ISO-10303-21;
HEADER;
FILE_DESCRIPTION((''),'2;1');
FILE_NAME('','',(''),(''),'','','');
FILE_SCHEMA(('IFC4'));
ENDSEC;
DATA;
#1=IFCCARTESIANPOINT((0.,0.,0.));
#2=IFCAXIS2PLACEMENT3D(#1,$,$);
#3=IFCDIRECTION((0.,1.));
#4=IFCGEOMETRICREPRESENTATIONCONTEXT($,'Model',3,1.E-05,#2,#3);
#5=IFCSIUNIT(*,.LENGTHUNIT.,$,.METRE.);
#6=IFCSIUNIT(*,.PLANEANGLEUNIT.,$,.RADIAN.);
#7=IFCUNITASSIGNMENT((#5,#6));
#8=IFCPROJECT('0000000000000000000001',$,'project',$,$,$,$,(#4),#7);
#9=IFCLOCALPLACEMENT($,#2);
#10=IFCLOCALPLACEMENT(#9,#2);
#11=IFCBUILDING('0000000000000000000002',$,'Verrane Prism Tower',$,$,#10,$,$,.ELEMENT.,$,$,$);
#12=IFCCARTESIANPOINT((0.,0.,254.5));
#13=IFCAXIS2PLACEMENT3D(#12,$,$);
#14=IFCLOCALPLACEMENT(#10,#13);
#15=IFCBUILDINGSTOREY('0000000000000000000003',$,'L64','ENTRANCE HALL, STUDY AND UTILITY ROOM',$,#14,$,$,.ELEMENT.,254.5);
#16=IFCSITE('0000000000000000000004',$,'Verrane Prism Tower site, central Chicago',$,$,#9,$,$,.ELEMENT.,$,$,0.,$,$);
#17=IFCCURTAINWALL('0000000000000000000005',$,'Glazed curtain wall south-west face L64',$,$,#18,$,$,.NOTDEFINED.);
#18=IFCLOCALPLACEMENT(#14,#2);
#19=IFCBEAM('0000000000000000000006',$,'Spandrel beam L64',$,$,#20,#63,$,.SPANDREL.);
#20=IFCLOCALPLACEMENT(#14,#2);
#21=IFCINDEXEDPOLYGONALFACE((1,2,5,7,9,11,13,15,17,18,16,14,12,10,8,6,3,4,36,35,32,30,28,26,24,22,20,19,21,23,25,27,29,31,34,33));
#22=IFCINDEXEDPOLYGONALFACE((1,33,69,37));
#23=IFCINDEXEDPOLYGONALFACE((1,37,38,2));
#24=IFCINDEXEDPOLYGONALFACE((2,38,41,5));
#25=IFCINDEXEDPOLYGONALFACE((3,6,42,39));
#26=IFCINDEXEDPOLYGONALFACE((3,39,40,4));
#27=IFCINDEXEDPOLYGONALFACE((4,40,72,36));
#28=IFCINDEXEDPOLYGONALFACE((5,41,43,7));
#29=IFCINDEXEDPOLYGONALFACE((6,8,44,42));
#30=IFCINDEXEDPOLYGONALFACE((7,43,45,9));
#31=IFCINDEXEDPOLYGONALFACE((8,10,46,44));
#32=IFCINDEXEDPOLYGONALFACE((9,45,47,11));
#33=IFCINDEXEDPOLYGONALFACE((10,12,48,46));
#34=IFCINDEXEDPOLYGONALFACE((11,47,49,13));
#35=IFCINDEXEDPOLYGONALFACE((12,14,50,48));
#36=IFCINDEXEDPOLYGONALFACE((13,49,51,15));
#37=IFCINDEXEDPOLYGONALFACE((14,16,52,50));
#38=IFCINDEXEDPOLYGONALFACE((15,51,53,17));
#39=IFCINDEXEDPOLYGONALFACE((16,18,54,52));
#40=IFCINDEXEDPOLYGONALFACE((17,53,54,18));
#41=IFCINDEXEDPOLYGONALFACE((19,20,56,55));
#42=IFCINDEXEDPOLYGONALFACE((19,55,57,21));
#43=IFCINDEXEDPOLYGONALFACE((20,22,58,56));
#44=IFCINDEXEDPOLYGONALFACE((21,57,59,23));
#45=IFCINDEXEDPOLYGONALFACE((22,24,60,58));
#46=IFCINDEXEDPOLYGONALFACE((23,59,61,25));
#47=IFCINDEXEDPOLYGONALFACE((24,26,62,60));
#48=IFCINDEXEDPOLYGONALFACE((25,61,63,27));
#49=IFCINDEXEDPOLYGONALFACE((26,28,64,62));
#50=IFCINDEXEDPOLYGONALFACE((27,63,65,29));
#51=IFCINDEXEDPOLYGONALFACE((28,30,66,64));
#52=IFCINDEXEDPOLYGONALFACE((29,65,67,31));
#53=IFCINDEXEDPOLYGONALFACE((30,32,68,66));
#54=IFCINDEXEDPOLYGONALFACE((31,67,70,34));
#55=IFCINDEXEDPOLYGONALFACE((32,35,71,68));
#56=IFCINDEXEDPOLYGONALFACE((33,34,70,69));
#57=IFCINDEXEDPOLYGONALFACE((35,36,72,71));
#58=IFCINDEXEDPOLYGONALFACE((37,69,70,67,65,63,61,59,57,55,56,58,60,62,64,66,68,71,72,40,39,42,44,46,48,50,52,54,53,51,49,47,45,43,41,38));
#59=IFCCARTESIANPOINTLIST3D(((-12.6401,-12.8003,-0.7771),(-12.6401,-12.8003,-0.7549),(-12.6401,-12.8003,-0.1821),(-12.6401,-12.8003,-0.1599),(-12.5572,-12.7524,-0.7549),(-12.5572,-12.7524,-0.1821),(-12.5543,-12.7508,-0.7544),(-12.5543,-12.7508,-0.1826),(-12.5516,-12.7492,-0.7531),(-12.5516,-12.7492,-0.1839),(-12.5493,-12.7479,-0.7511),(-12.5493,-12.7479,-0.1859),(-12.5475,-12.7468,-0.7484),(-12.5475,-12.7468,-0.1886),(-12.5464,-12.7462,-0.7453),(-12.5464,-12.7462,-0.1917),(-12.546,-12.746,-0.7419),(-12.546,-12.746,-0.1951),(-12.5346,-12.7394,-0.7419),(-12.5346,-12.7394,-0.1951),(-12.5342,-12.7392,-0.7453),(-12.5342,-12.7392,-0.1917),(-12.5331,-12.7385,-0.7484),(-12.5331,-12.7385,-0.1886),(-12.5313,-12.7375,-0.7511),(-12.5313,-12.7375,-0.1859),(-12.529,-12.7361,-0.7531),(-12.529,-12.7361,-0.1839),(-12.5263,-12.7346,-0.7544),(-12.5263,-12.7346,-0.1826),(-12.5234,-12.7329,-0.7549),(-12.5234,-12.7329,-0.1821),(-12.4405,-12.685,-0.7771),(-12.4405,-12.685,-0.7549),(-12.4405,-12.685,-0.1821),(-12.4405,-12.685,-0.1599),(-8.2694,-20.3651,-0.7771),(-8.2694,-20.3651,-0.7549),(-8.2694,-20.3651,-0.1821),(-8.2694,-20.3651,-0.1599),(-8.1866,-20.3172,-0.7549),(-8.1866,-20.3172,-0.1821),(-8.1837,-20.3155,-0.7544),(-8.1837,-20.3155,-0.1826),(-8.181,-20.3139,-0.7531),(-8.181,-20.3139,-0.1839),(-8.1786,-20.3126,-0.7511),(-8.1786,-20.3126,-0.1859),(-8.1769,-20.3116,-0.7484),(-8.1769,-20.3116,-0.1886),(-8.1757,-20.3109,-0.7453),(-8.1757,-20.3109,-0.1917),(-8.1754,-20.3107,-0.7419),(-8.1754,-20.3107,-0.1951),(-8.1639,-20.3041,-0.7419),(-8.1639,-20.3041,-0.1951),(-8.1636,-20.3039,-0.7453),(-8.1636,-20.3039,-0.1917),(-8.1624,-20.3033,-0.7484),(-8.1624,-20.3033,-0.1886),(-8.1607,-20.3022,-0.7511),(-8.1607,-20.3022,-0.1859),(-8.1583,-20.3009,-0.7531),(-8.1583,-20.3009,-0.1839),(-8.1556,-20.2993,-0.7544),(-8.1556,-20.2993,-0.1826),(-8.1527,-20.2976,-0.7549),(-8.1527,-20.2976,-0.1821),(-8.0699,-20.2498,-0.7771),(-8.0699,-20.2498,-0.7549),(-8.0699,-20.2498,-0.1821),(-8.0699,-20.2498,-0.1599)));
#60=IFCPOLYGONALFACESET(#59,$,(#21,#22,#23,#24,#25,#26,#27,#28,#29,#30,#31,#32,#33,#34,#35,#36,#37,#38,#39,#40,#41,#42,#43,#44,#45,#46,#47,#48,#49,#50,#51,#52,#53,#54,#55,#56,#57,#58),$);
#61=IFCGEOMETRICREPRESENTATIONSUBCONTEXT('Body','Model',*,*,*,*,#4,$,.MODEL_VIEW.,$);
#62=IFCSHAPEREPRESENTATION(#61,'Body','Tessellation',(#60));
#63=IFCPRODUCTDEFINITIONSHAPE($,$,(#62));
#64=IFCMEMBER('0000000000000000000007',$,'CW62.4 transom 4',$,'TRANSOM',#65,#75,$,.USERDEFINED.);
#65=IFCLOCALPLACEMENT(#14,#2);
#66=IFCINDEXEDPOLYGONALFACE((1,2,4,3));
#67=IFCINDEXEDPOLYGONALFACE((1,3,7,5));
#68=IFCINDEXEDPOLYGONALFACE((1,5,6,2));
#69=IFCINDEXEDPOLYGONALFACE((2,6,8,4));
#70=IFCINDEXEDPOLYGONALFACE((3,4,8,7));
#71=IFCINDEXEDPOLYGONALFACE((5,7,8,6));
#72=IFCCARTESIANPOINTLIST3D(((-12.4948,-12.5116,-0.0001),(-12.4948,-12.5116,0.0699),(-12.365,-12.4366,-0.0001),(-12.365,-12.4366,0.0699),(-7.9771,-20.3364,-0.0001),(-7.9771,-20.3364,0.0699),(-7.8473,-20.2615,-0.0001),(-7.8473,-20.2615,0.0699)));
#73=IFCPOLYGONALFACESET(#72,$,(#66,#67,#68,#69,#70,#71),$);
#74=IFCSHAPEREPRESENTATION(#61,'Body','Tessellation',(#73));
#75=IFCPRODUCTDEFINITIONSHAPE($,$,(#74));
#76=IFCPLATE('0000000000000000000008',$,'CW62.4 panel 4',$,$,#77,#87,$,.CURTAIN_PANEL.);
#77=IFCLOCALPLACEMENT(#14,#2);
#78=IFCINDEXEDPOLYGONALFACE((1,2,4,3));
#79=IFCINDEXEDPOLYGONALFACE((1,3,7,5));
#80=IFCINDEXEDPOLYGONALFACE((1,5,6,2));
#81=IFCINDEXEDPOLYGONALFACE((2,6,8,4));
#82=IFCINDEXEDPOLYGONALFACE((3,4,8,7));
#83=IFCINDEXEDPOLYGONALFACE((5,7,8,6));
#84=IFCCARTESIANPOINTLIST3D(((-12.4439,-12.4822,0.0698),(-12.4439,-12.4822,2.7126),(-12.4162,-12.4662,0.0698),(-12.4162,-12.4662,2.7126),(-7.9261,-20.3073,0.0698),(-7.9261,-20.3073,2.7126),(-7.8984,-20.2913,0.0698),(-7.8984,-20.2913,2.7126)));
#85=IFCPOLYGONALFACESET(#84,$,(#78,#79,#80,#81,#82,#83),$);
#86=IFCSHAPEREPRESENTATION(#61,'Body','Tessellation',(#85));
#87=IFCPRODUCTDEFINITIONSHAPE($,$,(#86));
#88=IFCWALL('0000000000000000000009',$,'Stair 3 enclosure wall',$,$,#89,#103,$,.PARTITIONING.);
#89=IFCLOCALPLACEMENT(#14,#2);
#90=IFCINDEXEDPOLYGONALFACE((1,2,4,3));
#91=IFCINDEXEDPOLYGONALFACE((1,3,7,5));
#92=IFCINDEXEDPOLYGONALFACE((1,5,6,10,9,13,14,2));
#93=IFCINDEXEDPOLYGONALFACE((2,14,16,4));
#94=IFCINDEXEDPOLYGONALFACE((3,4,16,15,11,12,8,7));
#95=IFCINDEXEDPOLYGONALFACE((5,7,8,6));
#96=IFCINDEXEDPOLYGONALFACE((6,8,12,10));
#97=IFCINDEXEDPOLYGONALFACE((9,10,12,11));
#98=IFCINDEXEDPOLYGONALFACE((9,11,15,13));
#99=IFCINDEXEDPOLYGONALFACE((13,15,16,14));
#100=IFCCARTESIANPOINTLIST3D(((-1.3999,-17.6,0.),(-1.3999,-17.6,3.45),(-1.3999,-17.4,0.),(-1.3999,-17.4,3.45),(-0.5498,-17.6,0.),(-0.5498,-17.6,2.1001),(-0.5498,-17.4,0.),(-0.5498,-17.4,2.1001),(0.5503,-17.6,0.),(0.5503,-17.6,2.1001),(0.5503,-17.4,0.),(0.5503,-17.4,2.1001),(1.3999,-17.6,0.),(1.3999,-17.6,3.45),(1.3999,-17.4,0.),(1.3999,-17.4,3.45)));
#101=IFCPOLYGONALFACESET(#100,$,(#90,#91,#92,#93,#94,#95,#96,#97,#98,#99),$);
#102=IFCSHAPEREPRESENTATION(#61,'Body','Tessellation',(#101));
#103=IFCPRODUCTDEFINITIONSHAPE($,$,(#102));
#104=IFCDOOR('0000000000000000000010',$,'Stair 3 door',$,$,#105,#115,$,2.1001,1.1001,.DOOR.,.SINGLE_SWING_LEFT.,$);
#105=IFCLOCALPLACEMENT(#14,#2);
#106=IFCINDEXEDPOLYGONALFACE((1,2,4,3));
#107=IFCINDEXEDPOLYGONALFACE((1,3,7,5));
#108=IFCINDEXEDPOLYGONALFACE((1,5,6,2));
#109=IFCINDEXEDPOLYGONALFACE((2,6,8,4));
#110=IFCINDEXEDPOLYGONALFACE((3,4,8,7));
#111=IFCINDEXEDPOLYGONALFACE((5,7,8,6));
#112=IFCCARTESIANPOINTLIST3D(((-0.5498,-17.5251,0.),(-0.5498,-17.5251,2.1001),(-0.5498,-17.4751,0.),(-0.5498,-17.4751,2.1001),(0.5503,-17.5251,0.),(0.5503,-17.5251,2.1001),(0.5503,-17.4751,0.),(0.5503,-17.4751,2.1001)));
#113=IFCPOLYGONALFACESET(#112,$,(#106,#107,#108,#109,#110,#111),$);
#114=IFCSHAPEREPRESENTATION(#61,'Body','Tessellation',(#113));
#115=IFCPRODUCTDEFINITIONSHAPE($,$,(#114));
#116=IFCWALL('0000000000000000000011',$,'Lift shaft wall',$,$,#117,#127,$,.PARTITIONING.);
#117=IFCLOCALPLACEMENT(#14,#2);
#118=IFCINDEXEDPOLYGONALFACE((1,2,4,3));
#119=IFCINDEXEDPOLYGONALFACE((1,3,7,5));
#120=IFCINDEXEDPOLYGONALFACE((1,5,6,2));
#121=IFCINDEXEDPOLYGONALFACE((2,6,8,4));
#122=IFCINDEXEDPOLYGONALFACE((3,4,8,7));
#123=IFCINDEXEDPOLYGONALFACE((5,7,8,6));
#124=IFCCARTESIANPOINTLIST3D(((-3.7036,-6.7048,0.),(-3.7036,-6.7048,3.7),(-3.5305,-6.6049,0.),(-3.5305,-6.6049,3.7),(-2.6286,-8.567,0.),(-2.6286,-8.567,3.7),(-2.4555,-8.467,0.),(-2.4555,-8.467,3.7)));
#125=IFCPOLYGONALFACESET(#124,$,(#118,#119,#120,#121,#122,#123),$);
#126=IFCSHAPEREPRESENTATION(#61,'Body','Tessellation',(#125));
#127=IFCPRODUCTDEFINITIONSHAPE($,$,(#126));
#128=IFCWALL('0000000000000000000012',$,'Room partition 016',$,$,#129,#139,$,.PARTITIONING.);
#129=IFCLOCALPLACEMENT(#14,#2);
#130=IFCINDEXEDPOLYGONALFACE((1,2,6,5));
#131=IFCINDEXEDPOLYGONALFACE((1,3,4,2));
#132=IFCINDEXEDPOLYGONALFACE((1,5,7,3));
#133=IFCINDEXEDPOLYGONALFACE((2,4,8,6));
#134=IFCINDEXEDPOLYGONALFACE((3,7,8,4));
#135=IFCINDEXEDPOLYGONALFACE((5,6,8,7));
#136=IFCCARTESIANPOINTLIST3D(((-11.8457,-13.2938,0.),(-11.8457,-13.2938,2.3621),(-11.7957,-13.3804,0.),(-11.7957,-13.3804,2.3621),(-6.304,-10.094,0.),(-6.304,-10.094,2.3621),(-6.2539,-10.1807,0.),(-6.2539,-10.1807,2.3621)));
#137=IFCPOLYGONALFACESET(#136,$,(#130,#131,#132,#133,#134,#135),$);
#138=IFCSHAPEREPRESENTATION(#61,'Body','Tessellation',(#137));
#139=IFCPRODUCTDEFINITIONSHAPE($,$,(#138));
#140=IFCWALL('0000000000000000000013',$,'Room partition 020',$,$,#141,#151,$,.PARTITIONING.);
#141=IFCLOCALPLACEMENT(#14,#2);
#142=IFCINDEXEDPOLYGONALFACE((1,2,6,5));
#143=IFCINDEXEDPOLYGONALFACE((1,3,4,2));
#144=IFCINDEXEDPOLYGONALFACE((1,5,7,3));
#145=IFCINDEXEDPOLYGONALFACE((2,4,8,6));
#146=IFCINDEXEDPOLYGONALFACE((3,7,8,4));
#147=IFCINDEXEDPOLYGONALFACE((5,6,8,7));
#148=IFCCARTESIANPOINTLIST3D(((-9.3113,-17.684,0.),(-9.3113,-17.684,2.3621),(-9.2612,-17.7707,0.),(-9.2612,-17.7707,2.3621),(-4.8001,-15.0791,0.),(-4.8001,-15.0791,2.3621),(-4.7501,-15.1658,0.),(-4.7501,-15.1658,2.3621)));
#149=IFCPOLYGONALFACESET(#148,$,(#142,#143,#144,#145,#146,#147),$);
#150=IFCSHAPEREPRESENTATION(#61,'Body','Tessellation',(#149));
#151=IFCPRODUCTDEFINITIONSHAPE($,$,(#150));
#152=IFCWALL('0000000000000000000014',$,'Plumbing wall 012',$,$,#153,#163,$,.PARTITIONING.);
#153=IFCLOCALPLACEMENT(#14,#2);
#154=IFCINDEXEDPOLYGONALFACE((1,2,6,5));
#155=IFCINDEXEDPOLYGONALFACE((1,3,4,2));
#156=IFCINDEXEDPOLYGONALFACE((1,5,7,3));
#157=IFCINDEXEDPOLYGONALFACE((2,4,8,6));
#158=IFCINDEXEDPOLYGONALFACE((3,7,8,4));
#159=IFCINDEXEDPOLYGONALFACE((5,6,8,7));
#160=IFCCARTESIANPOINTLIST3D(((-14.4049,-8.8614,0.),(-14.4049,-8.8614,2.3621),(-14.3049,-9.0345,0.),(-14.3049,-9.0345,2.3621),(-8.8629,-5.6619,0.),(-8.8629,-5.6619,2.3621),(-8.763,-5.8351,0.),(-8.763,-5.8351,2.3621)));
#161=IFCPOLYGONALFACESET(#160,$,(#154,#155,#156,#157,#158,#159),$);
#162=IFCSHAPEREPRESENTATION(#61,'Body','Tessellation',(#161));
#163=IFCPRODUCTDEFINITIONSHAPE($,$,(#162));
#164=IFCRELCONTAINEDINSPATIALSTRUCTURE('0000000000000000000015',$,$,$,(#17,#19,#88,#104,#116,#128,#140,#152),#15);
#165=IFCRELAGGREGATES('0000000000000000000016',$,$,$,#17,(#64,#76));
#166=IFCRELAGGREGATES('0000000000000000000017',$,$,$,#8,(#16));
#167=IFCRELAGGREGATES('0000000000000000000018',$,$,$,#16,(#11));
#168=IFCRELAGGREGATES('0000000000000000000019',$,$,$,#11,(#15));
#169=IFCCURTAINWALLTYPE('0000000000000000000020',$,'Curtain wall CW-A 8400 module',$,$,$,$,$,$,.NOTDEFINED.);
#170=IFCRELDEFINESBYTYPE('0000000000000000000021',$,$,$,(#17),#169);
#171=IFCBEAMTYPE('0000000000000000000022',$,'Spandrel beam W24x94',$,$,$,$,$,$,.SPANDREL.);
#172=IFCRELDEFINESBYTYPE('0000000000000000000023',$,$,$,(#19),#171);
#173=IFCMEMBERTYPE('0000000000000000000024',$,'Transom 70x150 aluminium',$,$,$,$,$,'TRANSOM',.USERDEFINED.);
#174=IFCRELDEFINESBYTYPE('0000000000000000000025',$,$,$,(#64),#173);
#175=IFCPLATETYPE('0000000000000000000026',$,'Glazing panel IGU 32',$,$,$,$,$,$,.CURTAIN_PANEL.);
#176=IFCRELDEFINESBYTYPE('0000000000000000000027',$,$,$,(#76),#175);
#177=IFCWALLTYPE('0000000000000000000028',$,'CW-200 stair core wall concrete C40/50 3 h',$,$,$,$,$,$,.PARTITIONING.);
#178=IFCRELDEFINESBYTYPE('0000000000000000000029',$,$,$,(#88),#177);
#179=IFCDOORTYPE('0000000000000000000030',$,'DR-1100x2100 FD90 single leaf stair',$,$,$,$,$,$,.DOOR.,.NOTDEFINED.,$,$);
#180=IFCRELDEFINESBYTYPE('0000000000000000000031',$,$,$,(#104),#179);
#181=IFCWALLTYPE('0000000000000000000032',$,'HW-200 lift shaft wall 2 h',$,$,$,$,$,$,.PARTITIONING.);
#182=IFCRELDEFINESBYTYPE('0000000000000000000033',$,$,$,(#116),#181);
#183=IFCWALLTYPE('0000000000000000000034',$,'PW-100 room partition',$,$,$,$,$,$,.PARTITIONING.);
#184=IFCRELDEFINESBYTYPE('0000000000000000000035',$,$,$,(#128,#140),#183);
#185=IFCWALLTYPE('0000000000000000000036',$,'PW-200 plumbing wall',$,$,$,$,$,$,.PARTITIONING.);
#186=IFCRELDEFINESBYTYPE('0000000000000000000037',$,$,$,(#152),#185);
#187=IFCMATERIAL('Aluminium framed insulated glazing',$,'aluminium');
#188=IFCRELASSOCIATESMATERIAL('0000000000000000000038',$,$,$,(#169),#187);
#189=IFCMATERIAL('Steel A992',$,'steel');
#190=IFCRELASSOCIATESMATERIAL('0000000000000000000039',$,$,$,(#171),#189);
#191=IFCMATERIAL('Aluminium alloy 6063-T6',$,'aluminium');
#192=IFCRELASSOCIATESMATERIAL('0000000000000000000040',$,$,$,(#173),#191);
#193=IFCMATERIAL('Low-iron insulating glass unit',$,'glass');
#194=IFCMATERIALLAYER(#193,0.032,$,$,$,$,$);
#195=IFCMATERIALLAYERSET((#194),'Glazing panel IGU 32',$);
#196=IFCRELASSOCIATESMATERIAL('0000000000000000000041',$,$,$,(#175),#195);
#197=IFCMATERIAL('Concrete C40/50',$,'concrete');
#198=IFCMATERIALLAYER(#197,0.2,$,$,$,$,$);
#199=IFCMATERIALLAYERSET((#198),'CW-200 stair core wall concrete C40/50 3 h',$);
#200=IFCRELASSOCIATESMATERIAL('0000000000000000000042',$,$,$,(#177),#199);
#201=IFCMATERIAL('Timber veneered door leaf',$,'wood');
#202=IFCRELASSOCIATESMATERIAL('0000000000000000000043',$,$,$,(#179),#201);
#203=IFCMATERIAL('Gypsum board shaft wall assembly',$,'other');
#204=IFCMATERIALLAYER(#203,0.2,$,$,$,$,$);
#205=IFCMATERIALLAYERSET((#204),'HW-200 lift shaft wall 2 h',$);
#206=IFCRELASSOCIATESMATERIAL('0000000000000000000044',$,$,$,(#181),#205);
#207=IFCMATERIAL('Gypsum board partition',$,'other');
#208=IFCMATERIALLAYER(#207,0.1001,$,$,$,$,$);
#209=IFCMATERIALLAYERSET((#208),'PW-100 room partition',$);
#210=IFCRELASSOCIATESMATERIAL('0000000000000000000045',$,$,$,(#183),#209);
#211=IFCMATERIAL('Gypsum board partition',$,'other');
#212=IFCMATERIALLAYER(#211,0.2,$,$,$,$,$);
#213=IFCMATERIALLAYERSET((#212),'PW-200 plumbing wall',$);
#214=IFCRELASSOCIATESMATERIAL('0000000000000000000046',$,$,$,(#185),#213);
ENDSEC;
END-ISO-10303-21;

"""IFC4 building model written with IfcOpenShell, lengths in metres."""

from ifc_helpers import new_model, si_unit, direction, frame, frame_2d, origin, origin_2d, place, context, subcontext, project, spatial, rectangle, i_section, extrude, material, layer, layer_set, material_profile, profile_set, type_object, element, fill, aggregate, save


model = new_model("IFC4")

# Units and contexts
model_context = context("Model", 3, precision=1e-05, world=origin(), true_north=direction((0.0, 1.0)))
body_context = subcontext(model_context, "Body", "Model", "MODEL_VIEW")
ifc_project = project(units=[si_unit("LENGTHUNIT", "METRE"), si_unit("PLANEANGLEUNIT", "RADIAN")], contexts=[model_context])

# Site, building, storey
site_placement = place(None, origin())
site = spatial("IfcSite", under=ifc_project, at=site_placement, Name="Verrane Prism Tower site, central Chicago", CompositionType="ELEMENT", RefElevation=0.0)
building_placement = place(site_placement, origin())
building = spatial("IfcBuilding", under=site, at=building_placement, Name="Verrane Prism Tower", CompositionType="ELEMENT")
storey_placement = place(building_placement, frame((0.0, 0.0, 254.5)))
storey = spatial("IfcBuildingStorey", under=building, at=storey_placement, Name="L64", Description="ENTRANCE HALL, STUDY AND UTILITY ROOM", CompositionType="ELEMENT", Elevation=254.5)

# Curtain wall
ifc_material_1 = material(Name="Aluminium framed insulated glazing", Category="aluminium")
curtain_wall_type = type_object("IfcCurtainWallType", Name="Curtain wall CW-A 8400 module", PredefinedType="NOTDEFINED", material=ifc_material_1)
curtain_wall_placement = place(storey_placement, origin())
curtain_wall = element("IfcCurtainWall", 1, at=curtain_wall_placement, inside=storey, type_object=curtain_wall_type, Name="Glazed curtain wall south-west face L64", PredefinedType="NOTDEFINED")

# Beam
ifc_material_2 = material(Name="Steel A992", Category="steel")
ifc_material_profile_1 = material_profile(ifc_material_2, i_section(OverallWidth=0.2305, OverallDepth=0.6172, WebThickness=0.0132, FlangeThickness=0.0222, FilletRadius=0.0129, at=origin_2d()), Name="W24x94")
ifc_profile_set_1 = profile_set([ifc_material_profile_1], Name="Steel A992")
beam_type_1 = type_object("IfcBeamType", Name="Spandrel beam W24x94", PredefinedType="SPANDREL", material=ifc_profile_set_1)
beam_1_placement = place(storey_placement, frame((-12.5403, -12.7427, -0.4685), z_axis=(0.500268, -0.86587, 0.0), x_axis=(0.86587, 0.500268, 0.0)))
element("IfcBeam", 2, at=beam_1_placement, inside=storey, type_object=beam_type_1, Name="Spandrel beam L64", PredefinedType="SPANDREL", context=body_context, shape_type="SweptSolid", body=[
    extrude(i_section(OverallWidth=0.2305, OverallDepth=0.6172, WebThickness=0.0132, FlangeThickness=0.0222, FilletRadius=0.0129, at=origin_2d()), origin(), (0.0, 0.0, 1.0), 8.7366),
])

# Member
ifc_material_3 = material(Name="Aluminium alloy 6063-T6", Category="aluminium")
ifc_material_profile_2 = material_profile(ifc_material_3, rectangle(XDim=0.1499, YDim=0.0701, at=origin_2d()), Name="Transom 70x150 aluminium")
ifc_profile_set_2 = profile_set([ifc_material_profile_2], Name="Aluminium alloy 6063-T6")
member_type_1 = type_object("IfcMemberType", Name="Transom 70x150 aluminium", ElementType="TRANSOM", PredefinedType="USERDEFINED", material=ifc_profile_set_2)
member_1_placement = place(storey_placement, frame((-12.4299, -12.4741, 0.0349), z_axis=(0.500007, -0.866021, 0.0), x_axis=(0.866021, 0.500007, 0.0)))
member_1 = element("IfcMember", 3, at=member_1_placement, type_object=member_type_1, Name="CW62.4 transom 4", ObjectType="TRANSOM", PredefinedType="USERDEFINED", context=body_context, shape_type="SweptSolid", body=[
    extrude(rectangle(XDim=0.1499, YDim=0.0701, at=origin_2d()), origin(), (0.0, 0.0, 1.0), 9.0354),
])

# Plate
ifc_material_4 = material(Name="Low-iron insulating glass unit", Category="glass")
ifc_layer_1 = layer(ifc_material_4, 0.032)
ifc_layer_set_1 = layer_set([ifc_layer_1], Name="Glazing panel IGU 32")
plate_type = type_object("IfcPlateType", Name="Glazing panel IGU 32", PredefinedType="CURTAIN_PANEL", material=ifc_layer_set_1)
plate_placement = place(storey_placement, frame((-10.1711, -16.3867, 0.0698), z_axis=(0.0, 0.0, 1.0), x_axis=(0.5, -0.866026, 0.0)))
plate = element("IfcPlate", 4, at=plate_placement, type_object=plate_type, Name="CW62.4 panel 4", PredefinedType="CURTAIN_PANEL", context=body_context, shape_type="SweptSolid", body=[
    extrude(rectangle(XDim=9.0356, YDim=0.032, at=origin_2d()), origin(), (0.0, 0.0, 1.0), 2.6428),
])
aggregate(curtain_wall, [member_1, plate])

# Wall, opening, door
ifc_material_5 = material(Name="Concrete C40/50", Category="concrete")
ifc_layer_2 = layer(ifc_material_5, 0.2)
ifc_layer_set_2 = layer_set([ifc_layer_2], Name="CW-200 stair core wall concrete C40/50 3 h")
wall_type_1 = type_object("IfcWallType", Name="CW-200 stair core wall concrete C40/50 3 h", PredefinedType="PARTITIONING", material=ifc_layer_set_2)
wall_1_placement = place(storey_placement, frame((-1.3999, -17.5, 0.0), z_axis=(0.0, 0.0, 1.0), x_axis=(1.0, 0.0, 0.0)))
wall_1 = element("IfcWall", 5, at=wall_1_placement, inside=storey, type_object=wall_type_1, Name="Stair 3 enclosure wall", PredefinedType="PARTITIONING", context=body_context, shape_type="SweptSolid", body=[
    extrude(rectangle(XDim=2.7998, YDim=0.2, at=frame_2d((1.3999, 0.0))), origin(), (0.0, 0.0, 1.0), 3.45),
])
opening_1_placement = place(wall_1_placement, frame((0.8501, 0.0, 0.0)))
opening_1 = element("IfcOpeningElement", 6, at=opening_1_placement, cuts=wall_1, PredefinedType="OPENING", context=body_context, shape_type="SweptSolid", body=[
    extrude(rectangle(XDim=1.1001, YDim=2.1001, at=frame_2d((0.55, 1.05))), frame((0.0, 0.1099, 0.0), z_axis=(0.0, -1.0, 0.0), x_axis=(1.0, 0.0, 0.0)), (0.0, 0.0, 1.0), 0.22),
])
ifc_material_6 = material(Name="Timber veneered door leaf", Category="wood")
door_type_1 = type_object("IfcDoorType", Name="DR-1100x2100 FD90 single leaf stair", OperationType="NOTDEFINED", PredefinedType="DOOR", material=ifc_material_6)
door_1_placement = place(opening_1_placement, origin())
door_1 = element("IfcDoor", 7, at=door_1_placement, inside=storey, type_object=door_type_1, Name="Stair 3 door", OperationType="SINGLE_SWING_LEFT", OverallHeight=2.1001, OverallWidth=1.1001, PredefinedType="DOOR", context=body_context, shape_type="SweptSolid", body=[
    extrude(rectangle(XDim=1.1001, YDim=2.1001, at=frame_2d((0.55, 1.05))), frame((0.0, 0.0249, 0.0), z_axis=(0.0, -1.0, 0.0), x_axis=(1.0, 0.0, 0.0)), (0.0, 0.0, 1.0), 0.05),
])
fill(opening_1, door_1)

# Walls
ifc_material_7 = material(Name="Gypsum board shaft wall assembly", Category="other")
ifc_layer_3 = layer(ifc_material_7, 0.2)
ifc_layer_set_3 = layer_set([ifc_layer_3], Name="HW-200 lift shaft wall 2 h")
wall_type_2 = type_object("IfcWallType", Name="HW-200 lift shaft wall 2 h", PredefinedType="PARTITIONING", material=ifc_layer_set_3)
wall_2_placement = place(storey_placement, frame((-2.542, -8.5171, 0.0), z_axis=(0.0, 0.0, 1.0), x_axis=(-0.499962, 0.866048, 0.0)))
element("IfcWall", 8, at=wall_2_placement, inside=storey, type_object=wall_type_2, Name="Lift shaft wall", PredefinedType="PARTITIONING", context=body_context, shape_type="SweptSolid", body=[
    extrude(rectangle(XDim=2.1501, YDim=0.2, at=frame_2d((1.0752, 0.0))), origin(), (0.0, 0.0, 1.0), 3.7),
])
ifc_material_8 = material(Name="Gypsum board partition", Category="other")
ifc_layer_4 = layer(ifc_material_8, 0.1001)
ifc_layer_set_4 = layer_set([ifc_layer_4], Name="PW-100 room partition")
wall_type_3 = type_object("IfcWallType", Name="PW-100 room partition", PredefinedType="PARTITIONING", material=ifc_layer_set_4)
wall_3_placement = place(storey_placement, frame((-11.8208, -13.3372, 0.0), z_axis=(0.0, 0.0, 1.0), x_axis=(0.866013, 0.500021, 0.0)))
element("IfcWall", 9, at=wall_3_placement, inside=storey, type_object=wall_type_3, Name="Room partition 016", PredefinedType="PARTITIONING", context=body_context, shape_type="SweptSolid", body=[
    extrude(rectangle(XDim=6.3992, YDim=0.1001, at=frame_2d((3.1997, 0.0))), origin(), (0.0, 0.0, 1.0), 2.3621),
])
wall_4_placement = place(storey_placement, frame((-9.2861, -17.7273, 0.0), z_axis=(0.0, 0.0, 1.0), x_axis=(0.86599, 0.500061, 0.0)))
element("IfcWall", 10, at=wall_4_placement, inside=storey, type_object=wall_type_3, Name="Room partition 020", PredefinedType="PARTITIONING", context=body_context, shape_type="SweptSolid", body=[
    extrude(rectangle(XDim=5.2092, YDim=0.1001, at=frame_2d((2.6045, 0.0))), origin(), (0.0, 0.0, 1.0), 2.3621),
])
ifc_material_9 = material(Name="Gypsum board partition", Category="other")
ifc_layer_5 = layer(ifc_material_9, 0.2)
ifc_layer_set_5 = layer_set([ifc_layer_5], Name="PW-200 plumbing wall")
wall_type_4 = type_object("IfcWallType", Name="PW-200 plumbing wall", PredefinedType="PARTITIONING", material=ifc_layer_set_5)
wall_5_placement = place(storey_placement, frame((-14.355, -8.948, 0.0), z_axis=(0.0, 0.0, 1.0), x_axis=(0.866039, 0.499976, 0.0)))
element("IfcWall", 11, at=wall_5_placement, inside=storey, type_object=wall_type_4, Name="Plumbing wall 012", PredefinedType="PARTITIONING", context=body_context, shape_type="SweptSolid", body=[
    extrude(rectangle(XDim=6.3992, YDim=0.2, at=frame_2d((3.1997, 0.0))), origin(), (0.0, 0.0, 1.0), 2.3621),
])

save(model, "model.ifc")
